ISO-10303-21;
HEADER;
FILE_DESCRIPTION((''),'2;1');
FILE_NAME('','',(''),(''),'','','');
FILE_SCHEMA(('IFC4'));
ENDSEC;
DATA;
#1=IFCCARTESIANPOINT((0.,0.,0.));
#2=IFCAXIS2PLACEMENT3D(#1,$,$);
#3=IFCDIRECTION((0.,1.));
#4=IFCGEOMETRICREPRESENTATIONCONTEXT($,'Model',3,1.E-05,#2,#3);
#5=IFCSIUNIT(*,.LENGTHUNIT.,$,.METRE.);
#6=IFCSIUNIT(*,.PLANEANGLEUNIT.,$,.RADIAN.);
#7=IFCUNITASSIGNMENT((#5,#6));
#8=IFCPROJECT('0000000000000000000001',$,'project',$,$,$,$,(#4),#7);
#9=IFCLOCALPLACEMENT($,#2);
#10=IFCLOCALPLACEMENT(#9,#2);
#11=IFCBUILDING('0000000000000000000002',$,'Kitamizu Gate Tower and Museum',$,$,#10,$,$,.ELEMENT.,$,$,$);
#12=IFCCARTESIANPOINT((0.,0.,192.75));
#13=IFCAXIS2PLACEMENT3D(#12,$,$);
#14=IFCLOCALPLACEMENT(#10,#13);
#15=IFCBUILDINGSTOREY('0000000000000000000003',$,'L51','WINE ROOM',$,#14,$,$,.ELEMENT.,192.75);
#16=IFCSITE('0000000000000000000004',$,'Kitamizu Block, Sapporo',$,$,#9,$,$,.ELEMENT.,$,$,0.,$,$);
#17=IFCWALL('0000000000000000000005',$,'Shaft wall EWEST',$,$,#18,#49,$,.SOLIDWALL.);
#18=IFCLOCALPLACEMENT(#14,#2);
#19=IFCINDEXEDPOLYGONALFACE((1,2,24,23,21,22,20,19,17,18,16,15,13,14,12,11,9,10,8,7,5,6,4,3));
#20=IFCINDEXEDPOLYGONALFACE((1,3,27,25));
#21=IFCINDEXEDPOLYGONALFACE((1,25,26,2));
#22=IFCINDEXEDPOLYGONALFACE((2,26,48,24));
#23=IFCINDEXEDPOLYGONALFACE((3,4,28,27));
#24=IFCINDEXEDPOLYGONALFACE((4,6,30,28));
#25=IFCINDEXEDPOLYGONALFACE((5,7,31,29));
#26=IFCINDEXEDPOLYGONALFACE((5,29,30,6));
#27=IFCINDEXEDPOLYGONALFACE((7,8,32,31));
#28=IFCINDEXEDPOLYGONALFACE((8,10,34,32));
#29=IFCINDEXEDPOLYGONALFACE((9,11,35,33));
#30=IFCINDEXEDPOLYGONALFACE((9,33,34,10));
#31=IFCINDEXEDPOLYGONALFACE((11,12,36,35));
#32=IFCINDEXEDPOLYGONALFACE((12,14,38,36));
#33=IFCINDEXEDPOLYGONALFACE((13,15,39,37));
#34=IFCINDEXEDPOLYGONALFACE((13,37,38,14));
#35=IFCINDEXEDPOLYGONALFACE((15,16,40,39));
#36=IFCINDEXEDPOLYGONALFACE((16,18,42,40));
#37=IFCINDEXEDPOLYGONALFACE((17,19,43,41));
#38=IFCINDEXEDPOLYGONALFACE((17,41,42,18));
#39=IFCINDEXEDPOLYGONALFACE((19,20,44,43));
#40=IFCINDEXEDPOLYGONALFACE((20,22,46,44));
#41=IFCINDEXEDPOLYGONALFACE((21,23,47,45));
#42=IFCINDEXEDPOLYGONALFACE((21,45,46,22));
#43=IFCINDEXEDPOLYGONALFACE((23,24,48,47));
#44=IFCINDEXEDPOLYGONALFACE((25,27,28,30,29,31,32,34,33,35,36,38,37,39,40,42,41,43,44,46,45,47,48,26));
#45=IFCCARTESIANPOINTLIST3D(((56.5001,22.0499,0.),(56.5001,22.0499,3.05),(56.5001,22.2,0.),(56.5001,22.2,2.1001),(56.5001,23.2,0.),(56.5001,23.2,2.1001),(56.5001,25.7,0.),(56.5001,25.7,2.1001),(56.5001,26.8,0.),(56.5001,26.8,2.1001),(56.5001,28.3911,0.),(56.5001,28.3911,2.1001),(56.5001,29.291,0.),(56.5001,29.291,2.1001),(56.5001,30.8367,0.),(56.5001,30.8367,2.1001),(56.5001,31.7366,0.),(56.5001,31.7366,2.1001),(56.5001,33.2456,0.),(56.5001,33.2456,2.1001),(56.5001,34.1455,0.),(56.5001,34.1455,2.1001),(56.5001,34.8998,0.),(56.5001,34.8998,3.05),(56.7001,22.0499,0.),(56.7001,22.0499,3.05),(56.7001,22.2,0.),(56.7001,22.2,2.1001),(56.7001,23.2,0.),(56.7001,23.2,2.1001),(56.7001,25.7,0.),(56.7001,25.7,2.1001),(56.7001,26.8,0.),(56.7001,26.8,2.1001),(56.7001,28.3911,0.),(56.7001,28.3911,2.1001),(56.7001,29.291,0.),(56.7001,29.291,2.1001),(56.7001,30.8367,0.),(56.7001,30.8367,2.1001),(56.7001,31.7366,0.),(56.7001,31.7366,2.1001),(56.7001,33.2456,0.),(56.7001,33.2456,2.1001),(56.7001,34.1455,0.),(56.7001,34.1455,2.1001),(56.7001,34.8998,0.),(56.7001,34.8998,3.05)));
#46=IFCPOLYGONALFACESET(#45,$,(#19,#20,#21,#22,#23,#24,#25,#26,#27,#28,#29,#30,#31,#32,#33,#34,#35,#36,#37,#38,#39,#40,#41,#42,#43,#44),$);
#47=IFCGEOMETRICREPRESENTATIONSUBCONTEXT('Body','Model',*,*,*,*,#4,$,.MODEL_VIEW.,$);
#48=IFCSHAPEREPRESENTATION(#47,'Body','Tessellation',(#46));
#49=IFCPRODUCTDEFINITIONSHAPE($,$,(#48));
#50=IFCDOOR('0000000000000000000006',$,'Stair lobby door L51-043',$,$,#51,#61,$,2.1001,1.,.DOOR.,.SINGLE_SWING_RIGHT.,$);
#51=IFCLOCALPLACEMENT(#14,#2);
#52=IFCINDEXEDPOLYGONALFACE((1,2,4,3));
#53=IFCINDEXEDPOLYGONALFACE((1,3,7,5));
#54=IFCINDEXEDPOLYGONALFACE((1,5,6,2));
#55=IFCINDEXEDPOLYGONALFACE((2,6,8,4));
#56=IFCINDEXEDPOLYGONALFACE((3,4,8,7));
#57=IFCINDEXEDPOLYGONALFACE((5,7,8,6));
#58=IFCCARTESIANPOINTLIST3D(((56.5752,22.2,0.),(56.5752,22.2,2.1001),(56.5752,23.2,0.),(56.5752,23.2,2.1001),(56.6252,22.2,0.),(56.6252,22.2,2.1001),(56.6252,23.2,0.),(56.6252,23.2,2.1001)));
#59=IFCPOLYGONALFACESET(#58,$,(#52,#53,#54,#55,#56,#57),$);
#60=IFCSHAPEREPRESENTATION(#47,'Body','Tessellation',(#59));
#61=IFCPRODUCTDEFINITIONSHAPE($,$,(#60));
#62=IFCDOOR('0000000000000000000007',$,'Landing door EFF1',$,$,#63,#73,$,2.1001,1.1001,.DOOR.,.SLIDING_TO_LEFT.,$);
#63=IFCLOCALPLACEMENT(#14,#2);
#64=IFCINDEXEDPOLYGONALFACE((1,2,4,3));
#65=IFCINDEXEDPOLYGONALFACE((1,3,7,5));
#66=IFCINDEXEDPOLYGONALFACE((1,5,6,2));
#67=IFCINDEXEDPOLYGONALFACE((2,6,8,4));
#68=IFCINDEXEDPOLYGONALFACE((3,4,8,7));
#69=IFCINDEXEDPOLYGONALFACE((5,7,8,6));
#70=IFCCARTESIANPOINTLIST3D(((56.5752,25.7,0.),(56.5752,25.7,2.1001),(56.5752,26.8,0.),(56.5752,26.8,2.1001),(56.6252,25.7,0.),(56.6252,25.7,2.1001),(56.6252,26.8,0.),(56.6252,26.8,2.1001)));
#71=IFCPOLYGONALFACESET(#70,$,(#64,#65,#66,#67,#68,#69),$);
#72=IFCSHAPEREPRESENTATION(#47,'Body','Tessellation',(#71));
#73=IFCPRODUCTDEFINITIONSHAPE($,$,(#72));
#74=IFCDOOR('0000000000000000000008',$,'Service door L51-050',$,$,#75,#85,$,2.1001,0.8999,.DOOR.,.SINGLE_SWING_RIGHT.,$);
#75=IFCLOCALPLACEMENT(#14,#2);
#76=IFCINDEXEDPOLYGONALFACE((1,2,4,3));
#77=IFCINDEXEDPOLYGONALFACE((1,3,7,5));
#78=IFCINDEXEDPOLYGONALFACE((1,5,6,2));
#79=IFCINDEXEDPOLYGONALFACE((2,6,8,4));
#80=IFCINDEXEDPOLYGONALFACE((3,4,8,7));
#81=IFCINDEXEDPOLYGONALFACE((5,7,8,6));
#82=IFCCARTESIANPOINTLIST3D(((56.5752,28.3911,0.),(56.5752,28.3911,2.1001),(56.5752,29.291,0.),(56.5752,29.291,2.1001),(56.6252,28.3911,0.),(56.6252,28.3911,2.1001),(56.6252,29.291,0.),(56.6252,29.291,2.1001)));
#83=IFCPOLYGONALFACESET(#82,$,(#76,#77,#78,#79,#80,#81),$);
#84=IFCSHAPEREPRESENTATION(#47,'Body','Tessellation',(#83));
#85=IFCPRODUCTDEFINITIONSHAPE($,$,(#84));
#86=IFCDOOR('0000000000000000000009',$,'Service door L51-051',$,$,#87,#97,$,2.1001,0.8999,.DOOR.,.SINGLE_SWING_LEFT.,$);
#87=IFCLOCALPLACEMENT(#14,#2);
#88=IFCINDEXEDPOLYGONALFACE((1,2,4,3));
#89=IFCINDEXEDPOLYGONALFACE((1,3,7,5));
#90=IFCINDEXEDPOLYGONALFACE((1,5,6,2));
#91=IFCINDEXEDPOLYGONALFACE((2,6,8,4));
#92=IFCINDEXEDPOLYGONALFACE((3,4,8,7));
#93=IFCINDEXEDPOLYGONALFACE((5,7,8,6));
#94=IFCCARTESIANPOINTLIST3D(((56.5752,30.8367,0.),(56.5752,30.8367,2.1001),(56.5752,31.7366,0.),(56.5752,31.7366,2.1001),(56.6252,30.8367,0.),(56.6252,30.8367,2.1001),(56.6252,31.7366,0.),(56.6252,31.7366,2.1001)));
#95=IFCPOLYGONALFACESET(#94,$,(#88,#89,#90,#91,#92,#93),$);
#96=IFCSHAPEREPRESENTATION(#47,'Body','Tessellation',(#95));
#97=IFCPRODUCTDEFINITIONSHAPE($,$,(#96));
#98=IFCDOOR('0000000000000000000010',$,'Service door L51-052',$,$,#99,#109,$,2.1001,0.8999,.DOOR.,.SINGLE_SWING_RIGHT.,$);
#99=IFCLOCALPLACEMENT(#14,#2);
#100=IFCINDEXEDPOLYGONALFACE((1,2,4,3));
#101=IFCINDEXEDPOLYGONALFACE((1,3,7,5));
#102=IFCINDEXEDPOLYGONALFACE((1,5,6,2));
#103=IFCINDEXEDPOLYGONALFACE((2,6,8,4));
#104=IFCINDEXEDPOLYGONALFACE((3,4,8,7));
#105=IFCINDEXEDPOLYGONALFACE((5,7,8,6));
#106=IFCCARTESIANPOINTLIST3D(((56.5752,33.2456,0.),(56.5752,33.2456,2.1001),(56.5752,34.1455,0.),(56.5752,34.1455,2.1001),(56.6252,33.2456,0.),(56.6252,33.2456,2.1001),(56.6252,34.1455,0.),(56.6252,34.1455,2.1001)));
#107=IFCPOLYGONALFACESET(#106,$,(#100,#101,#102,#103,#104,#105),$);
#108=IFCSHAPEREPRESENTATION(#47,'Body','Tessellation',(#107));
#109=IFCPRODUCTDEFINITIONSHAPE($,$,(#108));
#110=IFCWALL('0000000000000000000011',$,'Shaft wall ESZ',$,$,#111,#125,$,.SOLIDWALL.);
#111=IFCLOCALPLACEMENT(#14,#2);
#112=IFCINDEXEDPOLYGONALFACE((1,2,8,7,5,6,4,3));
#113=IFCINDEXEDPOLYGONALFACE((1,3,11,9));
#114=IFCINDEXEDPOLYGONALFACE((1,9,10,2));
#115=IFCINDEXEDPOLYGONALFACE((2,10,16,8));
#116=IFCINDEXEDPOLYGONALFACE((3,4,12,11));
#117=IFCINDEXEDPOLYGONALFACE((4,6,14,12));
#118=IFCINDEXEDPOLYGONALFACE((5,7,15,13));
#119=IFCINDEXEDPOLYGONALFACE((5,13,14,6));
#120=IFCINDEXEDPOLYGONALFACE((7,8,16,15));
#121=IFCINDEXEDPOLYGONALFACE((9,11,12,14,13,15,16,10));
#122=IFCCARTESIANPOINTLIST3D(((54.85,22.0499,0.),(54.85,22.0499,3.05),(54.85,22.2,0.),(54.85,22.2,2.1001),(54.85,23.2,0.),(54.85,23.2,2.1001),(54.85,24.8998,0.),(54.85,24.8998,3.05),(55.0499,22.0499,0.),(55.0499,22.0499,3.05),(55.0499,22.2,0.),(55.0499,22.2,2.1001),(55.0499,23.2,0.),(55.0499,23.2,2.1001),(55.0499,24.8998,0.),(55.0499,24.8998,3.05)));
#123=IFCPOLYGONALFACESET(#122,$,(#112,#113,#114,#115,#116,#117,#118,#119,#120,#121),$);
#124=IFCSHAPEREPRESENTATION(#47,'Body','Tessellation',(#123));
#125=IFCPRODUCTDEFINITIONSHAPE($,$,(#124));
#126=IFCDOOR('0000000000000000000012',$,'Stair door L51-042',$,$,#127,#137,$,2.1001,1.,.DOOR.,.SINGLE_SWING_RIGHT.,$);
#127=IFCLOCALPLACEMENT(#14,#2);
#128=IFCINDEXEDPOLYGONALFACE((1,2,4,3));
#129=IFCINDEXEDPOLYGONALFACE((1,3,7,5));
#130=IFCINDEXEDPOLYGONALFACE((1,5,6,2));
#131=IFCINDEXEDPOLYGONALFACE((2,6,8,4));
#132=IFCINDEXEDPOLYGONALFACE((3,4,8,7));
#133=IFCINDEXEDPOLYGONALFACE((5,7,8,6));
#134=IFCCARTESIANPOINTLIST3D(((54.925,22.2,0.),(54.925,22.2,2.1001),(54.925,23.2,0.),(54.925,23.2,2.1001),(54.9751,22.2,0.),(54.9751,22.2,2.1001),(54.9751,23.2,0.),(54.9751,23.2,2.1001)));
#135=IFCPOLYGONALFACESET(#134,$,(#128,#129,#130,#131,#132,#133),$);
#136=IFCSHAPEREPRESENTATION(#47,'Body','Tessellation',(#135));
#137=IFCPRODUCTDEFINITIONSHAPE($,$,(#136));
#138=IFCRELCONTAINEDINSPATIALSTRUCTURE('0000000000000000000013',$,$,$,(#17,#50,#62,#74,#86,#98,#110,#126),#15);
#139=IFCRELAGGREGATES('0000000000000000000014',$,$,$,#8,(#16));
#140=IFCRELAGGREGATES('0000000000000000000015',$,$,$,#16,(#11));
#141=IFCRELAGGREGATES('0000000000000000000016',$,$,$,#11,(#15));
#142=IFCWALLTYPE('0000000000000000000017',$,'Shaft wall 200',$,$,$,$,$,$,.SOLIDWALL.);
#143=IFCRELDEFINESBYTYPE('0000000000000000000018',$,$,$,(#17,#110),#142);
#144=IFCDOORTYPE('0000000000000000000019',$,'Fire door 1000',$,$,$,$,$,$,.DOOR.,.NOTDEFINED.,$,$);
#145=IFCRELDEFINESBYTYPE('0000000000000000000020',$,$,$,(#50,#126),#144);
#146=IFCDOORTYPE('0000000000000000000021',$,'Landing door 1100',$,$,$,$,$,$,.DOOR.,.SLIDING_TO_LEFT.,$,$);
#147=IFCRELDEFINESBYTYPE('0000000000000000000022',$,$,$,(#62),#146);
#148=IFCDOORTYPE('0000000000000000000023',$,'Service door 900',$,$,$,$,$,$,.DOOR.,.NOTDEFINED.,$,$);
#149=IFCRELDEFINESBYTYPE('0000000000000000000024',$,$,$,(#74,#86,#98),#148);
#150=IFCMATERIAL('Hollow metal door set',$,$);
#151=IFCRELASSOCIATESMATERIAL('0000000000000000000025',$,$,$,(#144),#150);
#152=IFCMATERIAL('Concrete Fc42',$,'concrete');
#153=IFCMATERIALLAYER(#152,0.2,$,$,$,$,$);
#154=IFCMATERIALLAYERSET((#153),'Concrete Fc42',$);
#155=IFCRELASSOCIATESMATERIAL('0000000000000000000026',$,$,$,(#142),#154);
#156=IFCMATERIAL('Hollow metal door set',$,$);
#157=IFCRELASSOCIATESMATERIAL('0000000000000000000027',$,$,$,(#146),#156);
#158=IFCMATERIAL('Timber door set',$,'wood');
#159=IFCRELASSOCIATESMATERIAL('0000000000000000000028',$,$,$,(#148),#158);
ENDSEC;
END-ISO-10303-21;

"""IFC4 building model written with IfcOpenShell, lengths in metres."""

from ifc_helpers import new_model, si_unit, direction, frame, frame_2d, origin, place, context, subcontext, project, spatial, rectangle, extrude, material, layer, layer_set, type_object, element, fill, save


model = new_model("IFC4")

# Units and contexts
model_context = context("Model", 3, precision=1e-05, world=origin(), true_north=direction((0.0, 1.0)))
body_context = subcontext(model_context, "Body", "Model", "MODEL_VIEW")
ifc_project = project(units=[si_unit("LENGTHUNIT", "METRE"), si_unit("PLANEANGLEUNIT", "RADIAN")], contexts=[model_context])

# Site, building, storey
site_placement = place(None, origin())
site = spatial("IfcSite", under=ifc_project, at=site_placement, Name="Kitamizu Block, Sapporo", CompositionType="ELEMENT", RefElevation=0.0)
building_placement = place(site_placement, origin())
building = spatial("IfcBuilding", under=site, at=building_placement, Name="Kitamizu Gate Tower and Museum", CompositionType="ELEMENT")
storey_placement = place(building_placement, frame((0.0, 0.0, 192.75)))
storey = spatial("IfcBuildingStorey", under=building, at=storey_placement, Name="L51", Description="WINE ROOM", CompositionType="ELEMENT", Elevation=192.75)

# Shared definitions
ifc_material_1 = material(Name="Hollow metal door set")
door_type_1 = type_object("IfcDoorType", Name="Fire door 1000", OperationType="NOTDEFINED", PredefinedType="DOOR", material=ifc_material_1)

# Wall, openings, doors
ifc_material_2 = material(Name="Concrete Fc42", Category="concrete")
ifc_layer_1 = layer(ifc_material_2, 0.2)
ifc_layer_set_1 = layer_set([ifc_layer_1], Name="Concrete Fc42")
wall_type_1 = type_object("IfcWallType", Name="Shaft wall 200", PredefinedType="SOLIDWALL", material=ifc_layer_set_1)
wall_1_placement = place(storey_placement, frame((56.6001, 22.05, 0.0), z_axis=(0.0, 0.0, 1.0), x_axis=(0.0, 1.0, 0.0)))
wall_1 = element("IfcWall", 1, at=wall_1_placement, inside=storey, type_object=wall_type_1, Name="Shaft wall EWEST", PredefinedType="SOLIDWALL", context=body_context, shape_type="SweptSolid", body=[
    extrude(rectangle(XDim=12.8499, YDim=0.2, at=frame_2d((6.4248, 0.0))), origin(), (0.0, 0.0, 1.0), 3.05),
])
opening_1_placement = place(wall_1_placement, frame((3.6499, 0.0, 0.0)))
opening_1 = element("IfcOpeningElement", 2, at=opening_1_placement, cuts=wall_1, PredefinedType="OPENING", context=body_context, shape_type="SweptSolid", body=[
    extrude(rectangle(XDim=1.1001, YDim=2.1001, at=frame_2d((0.55, 1.05))), frame((0.0, 0.1099, 0.0), z_axis=(0.0, -1.0, 0.0), x_axis=(1.0, 0.0, 0.0)), (0.0, 0.0, 1.0), 0.22),
])
opening_2_placement = place(wall_1_placement, frame((0.1499, 0.0, 0.0)))
opening_2 = element("IfcOpeningElement", 3, at=opening_2_placement, cuts=wall_1, PredefinedType="OPENING", context=body_context, shape_type="SweptSolid", body=[
    extrude(rectangle(XDim=1.0, YDim=2.1001, at=frame_2d((0.5, 1.05))), frame((0.0, 0.1099, 0.0), z_axis=(0.0, -1.0, 0.0), x_axis=(1.0, 0.0, 0.0)), (0.0, 0.0, 1.0), 0.22),
])
opening_3_placement = place(wall_1_placement, frame((6.3411, 0.0, 0.0)))
opening_3 = element("IfcOpeningElement", 4, at=opening_3_placement, cuts=wall_1, PredefinedType="OPENING", context=body_context, shape_type="SweptSolid", body=[
    extrude(rectangle(XDim=0.8999, YDim=2.1001, at=frame_2d((0.45, 1.05))), frame((0.0, 0.1099, 0.0), z_axis=(0.0, -1.0, 0.0), x_axis=(1.0, 0.0, 0.0)), (0.0, 0.0, 1.0), 0.22),
])
opening_4_placement = place(wall_1_placement, frame((8.7866, 0.0, 0.0)))
opening_4 = element("IfcOpeningElement", 5, at=opening_4_placement, cuts=wall_1, PredefinedType="OPENING", context=body_context, shape_type="SweptSolid", body=[
    extrude(rectangle(XDim=0.8999, YDim=2.1001, at=frame_2d((0.45, 1.05))), frame((0.0, 0.1099, 0.0), z_axis=(0.0, -1.0, 0.0), x_axis=(1.0, 0.0, 0.0)), (0.0, 0.0, 1.0), 0.22),
])
opening_5_placement = place(wall_1_placement, frame((11.1956, 0.0, 0.0)))
opening_5 = element("IfcOpeningElement", 6, at=opening_5_placement, cuts=wall_1, PredefinedType="OPENING", context=body_context, shape_type="SweptSolid", body=[
    extrude(rectangle(XDim=0.8999, YDim=2.1001, at=frame_2d((0.45, 1.05))), frame((0.0, 0.1099, 0.0), z_axis=(0.0, -1.0, 0.0), x_axis=(1.0, 0.0, 0.0)), (0.0, 0.0, 1.0), 0.22),
])
door_1_placement = place(opening_2_placement, origin())
door_1 = element("IfcDoor", 7, at=door_1_placement, inside=storey, type_object=door_type_1, Name="Stair lobby door L51-043", OperationType="SINGLE_SWING_RIGHT", OverallHeight=2.1001, OverallWidth=1.0, PredefinedType="DOOR", context=body_context, shape_type="SweptSolid", body=[
    extrude(rectangle(XDim=1.0, YDim=2.1001, at=frame_2d((0.5, 1.05))), frame((0.0, 0.0249, 0.0), z_axis=(0.0, -1.0, 0.0), x_axis=(1.0, 0.0, 0.0)), (0.0, 0.0, 1.0), 0.05),
])
fill(opening_2, door_1)
ifc_material_3 = material(Name="Hollow metal door set")
door_type_2 = type_object("IfcDoorType", Name="Landing door 1100", OperationType="SLIDING_TO_LEFT", PredefinedType="DOOR", material=ifc_material_3)
door_2_placement = place(opening_1_placement, origin())
door_2 = element("IfcDoor", 8, at=door_2_placement, inside=storey, type_object=door_type_2, Name="Landing door EFF1", OperationType="SLIDING_TO_LEFT", OverallHeight=2.1001, OverallWidth=1.1001, PredefinedType="DOOR", context=body_context, shape_type="SweptSolid", body=[
    extrude(rectangle(XDim=1.1001, YDim=2.1001, at=frame_2d((0.55, 1.05))), frame((0.0, 0.0249, 0.0), z_axis=(0.0, -1.0, 0.0), x_axis=(1.0, 0.0, 0.0)), (0.0, 0.0, 1.0), 0.05),
])
fill(opening_1, door_2)
ifc_material_4 = material(Name="Timber door set", Category="wood")
door_type_3 = type_object("IfcDoorType", Name="Service door 900", OperationType="NOTDEFINED", PredefinedType="DOOR", material=ifc_material_4)
door_3_placement = place(opening_3_placement, origin())
door_3 = element("IfcDoor", 9, at=door_3_placement, inside=storey, type_object=door_type_3, Name="Service door L51-050", OperationType="SINGLE_SWING_RIGHT", OverallHeight=2.1001, OverallWidth=0.8999, PredefinedType="DOOR", context=body_context, shape_type="SweptSolid", body=[
    extrude(rectangle(XDim=0.8999, YDim=2.1001, at=frame_2d((0.45, 1.05))), frame((0.0, 0.0249, 0.0), z_axis=(0.0, -1.0, 0.0), x_axis=(1.0, 0.0, 0.0)), (0.0, 0.0, 1.0), 0.05),
])
fill(opening_3, door_3)
door_4_placement = place(opening_4_placement, origin())
door_4 = element("IfcDoor", 10, at=door_4_placement, inside=storey, type_object=door_type_3, Name="Service door L51-051", OperationType="SINGLE_SWING_LEFT", OverallHeight=2.1001, OverallWidth=0.8999, PredefinedType="DOOR", context=body_context, shape_type="SweptSolid", body=[
    extrude(rectangle(XDim=0.8999, YDim=2.1001, at=frame_2d((0.45, 1.05))), frame((0.0, 0.0249, 0.0), z_axis=(0.0, -1.0, 0.0), x_axis=(1.0, 0.0, 0.0)), (0.0, 0.0, 1.0), 0.05),
])
fill(opening_4, door_4)
door_5_placement = place(opening_5_placement, origin())
door_5 = element("IfcDoor", 11, at=door_5_placement, inside=storey, type_object=door_type_3, Name="Service door L51-052", OperationType="SINGLE_SWING_RIGHT", OverallHeight=2.1001, OverallWidth=0.8999, PredefinedType="DOOR", context=body_context, shape_type="SweptSolid", body=[
    extrude(rectangle(XDim=0.8999, YDim=2.1001, at=frame_2d((0.45, 1.05))), frame((0.0, 0.0249, 0.0), z_axis=(0.0, -1.0, 0.0), x_axis=(1.0, 0.0, 0.0)), (0.0, 0.0, 1.0), 0.05),
])
fill(opening_5, door_5)

# Wall, opening, door
wall_2_placement = place(storey_placement, frame((54.95, 22.05, 0.0), z_axis=(0.0, 0.0, 1.0), x_axis=(0.0, 1.0, 0.0)))
wall_2 = element("IfcWall", 12, at=wall_2_placement, inside=storey, type_object=wall_type_1, Name="Shaft wall ESZ", PredefinedType="SOLIDWALL", context=body_context, shape_type="SweptSolid", body=[
    extrude(rectangle(XDim=2.8499, YDim=0.2, at=frame_2d((1.4248, 0.0))), origin(), (0.0, 0.0, 1.0), 3.05),
])
opening_6_placement = place(wall_2_placement, frame((0.1499, 0.0, 0.0)))
opening_6 = element("IfcOpeningElement", 13, at=opening_6_placement, cuts=wall_2, PredefinedType="OPENING", context=body_context, shape_type="SweptSolid", body=[
    extrude(rectangle(XDim=1.0, YDim=2.1001, at=frame_2d((0.5, 1.05))), frame((0.0, 0.1099, 0.0), z_axis=(0.0, -1.0, 0.0), x_axis=(1.0, 0.0, 0.0)), (0.0, 0.0, 1.0), 0.22),
])
door_6_placement = place(opening_6_placement, origin())
door_6 = element("IfcDoor", 14, at=door_6_placement, inside=storey, type_object=door_type_1, Name="Stair door L51-042", OperationType="SINGLE_SWING_RIGHT", OverallHeight=2.1001, OverallWidth=1.0, PredefinedType="DOOR", context=body_context, shape_type="SweptSolid", body=[
    extrude(rectangle(XDim=1.0, YDim=2.1001, at=frame_2d((0.5, 1.05))), frame((0.0, 0.0249, 0.0), z_axis=(0.0, -1.0, 0.0), x_axis=(1.0, 0.0, 0.0)), (0.0, 0.0, 1.0), 0.05),
])
fill(opening_6, door_6)

save(model, "model.ifc")
